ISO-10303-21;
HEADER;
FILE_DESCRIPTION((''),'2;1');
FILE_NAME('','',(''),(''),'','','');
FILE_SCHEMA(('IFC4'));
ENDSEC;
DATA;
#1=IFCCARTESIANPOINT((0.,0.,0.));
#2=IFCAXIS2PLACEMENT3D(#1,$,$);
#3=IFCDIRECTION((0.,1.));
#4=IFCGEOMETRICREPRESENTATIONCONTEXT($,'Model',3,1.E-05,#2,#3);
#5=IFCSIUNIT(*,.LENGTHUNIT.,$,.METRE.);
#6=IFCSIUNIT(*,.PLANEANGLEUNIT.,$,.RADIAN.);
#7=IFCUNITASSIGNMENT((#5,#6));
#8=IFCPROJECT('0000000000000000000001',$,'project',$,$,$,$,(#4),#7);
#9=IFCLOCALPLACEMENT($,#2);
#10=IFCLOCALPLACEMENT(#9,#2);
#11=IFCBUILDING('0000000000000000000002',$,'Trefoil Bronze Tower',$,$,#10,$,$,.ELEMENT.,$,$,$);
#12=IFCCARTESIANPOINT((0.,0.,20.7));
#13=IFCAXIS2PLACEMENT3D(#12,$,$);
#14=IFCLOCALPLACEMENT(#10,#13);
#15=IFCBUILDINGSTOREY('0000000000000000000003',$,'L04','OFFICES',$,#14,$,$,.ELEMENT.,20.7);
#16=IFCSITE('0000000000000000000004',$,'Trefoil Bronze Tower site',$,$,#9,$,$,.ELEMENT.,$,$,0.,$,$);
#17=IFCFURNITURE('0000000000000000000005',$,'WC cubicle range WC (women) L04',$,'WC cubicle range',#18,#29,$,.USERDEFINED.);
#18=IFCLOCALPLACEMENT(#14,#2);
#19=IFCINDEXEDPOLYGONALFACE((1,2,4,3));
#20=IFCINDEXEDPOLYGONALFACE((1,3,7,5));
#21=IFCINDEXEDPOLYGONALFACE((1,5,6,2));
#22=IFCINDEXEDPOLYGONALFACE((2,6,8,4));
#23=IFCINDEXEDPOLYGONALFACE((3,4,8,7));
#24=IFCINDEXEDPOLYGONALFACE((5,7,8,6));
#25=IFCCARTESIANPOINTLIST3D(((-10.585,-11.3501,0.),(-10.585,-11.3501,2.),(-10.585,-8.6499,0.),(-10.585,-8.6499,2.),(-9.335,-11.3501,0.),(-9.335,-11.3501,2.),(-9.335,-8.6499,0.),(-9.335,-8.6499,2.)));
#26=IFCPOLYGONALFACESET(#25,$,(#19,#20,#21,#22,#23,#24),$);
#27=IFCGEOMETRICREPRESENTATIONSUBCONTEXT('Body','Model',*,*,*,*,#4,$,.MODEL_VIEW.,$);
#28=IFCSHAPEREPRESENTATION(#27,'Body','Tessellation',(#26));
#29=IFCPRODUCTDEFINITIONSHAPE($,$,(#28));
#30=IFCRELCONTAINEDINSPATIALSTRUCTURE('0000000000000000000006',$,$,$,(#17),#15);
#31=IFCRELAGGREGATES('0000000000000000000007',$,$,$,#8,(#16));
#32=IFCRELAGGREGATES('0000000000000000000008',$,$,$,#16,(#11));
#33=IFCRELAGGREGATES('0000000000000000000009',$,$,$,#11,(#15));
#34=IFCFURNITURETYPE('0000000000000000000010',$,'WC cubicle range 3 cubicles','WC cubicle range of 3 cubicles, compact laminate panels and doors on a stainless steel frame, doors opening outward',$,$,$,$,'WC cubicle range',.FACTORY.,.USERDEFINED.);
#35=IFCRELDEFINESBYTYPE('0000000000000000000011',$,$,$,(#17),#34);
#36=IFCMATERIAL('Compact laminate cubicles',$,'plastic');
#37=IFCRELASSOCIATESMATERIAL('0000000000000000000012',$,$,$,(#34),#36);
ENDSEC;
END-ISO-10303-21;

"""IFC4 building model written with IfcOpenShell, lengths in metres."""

from ifc_helpers import new_model, si_unit, direction, frame, origin, place, context, subcontext, project, spatial, polyline, outline, extrude, material, type_object, element, save


model = new_model("IFC4")

# Units and contexts
model_context = context("Model", 3, precision=1e-05, world=origin(), true_north=direction((0.0, 1.0)))
body_context = subcontext(model_context, "Body", "Model", "MODEL_VIEW")
ifc_project = project(units=[si_unit("LENGTHUNIT", "METRE"), si_unit("PLANEANGLEUNIT", "RADIAN")], contexts=[model_context])

# Site, building, storey
site_placement = place(None, origin())
site = spatial("IfcSite", under=ifc_project, at=site_placement, Name="Trefoil Bronze Tower site", CompositionType="ELEMENT", RefElevation=0.0)
building_placement = place(site_placement, origin())
building = spatial("IfcBuilding", under=site, at=building_placement, Name="Trefoil Bronze Tower", CompositionType="ELEMENT")
storey_placement = place(building_placement, frame((0.0, 0.0, 20.7)))
storey = spatial("IfcBuildingStorey", under=building, at=storey_placement, Name="L04", Description="OFFICES", CompositionType="ELEMENT", Elevation=20.7)

# Furniture
ifc_material_1 = material(Name="Compact laminate cubicles", Category="plastic")
furniture_type = type_object("IfcFurnitureType", Name="WC cubicle range 3 cubicles", Description="WC cubicle range of 3 cubicles, compact laminate panels and doors on a stainless steel frame, doors opening outward", ElementType="WC cubicle range", AssemblyPlace="FACTORY", PredefinedType="USERDEFINED", material=ifc_material_1)
furniture_placement = place(storey_placement, origin())
element("IfcFurniture", 1, at=furniture_placement, inside=storey, type_object=furniture_type, Name="WC cubicle range WC (women) L04", ObjectType="WC cubicle range", PredefinedType="USERDEFINED", context=body_context, shape_type="SweptSolid", body=[
    extrude(outline(polyline([(-9.335, -8.6499), (-10.585, -8.6499), (-10.585, -11.3501), (-9.335, -11.3501), (-9.335, -8.6499)])), origin(), (0.0, 0.0, 1.0), 2.0),
])

save(model, "model.ifc")
